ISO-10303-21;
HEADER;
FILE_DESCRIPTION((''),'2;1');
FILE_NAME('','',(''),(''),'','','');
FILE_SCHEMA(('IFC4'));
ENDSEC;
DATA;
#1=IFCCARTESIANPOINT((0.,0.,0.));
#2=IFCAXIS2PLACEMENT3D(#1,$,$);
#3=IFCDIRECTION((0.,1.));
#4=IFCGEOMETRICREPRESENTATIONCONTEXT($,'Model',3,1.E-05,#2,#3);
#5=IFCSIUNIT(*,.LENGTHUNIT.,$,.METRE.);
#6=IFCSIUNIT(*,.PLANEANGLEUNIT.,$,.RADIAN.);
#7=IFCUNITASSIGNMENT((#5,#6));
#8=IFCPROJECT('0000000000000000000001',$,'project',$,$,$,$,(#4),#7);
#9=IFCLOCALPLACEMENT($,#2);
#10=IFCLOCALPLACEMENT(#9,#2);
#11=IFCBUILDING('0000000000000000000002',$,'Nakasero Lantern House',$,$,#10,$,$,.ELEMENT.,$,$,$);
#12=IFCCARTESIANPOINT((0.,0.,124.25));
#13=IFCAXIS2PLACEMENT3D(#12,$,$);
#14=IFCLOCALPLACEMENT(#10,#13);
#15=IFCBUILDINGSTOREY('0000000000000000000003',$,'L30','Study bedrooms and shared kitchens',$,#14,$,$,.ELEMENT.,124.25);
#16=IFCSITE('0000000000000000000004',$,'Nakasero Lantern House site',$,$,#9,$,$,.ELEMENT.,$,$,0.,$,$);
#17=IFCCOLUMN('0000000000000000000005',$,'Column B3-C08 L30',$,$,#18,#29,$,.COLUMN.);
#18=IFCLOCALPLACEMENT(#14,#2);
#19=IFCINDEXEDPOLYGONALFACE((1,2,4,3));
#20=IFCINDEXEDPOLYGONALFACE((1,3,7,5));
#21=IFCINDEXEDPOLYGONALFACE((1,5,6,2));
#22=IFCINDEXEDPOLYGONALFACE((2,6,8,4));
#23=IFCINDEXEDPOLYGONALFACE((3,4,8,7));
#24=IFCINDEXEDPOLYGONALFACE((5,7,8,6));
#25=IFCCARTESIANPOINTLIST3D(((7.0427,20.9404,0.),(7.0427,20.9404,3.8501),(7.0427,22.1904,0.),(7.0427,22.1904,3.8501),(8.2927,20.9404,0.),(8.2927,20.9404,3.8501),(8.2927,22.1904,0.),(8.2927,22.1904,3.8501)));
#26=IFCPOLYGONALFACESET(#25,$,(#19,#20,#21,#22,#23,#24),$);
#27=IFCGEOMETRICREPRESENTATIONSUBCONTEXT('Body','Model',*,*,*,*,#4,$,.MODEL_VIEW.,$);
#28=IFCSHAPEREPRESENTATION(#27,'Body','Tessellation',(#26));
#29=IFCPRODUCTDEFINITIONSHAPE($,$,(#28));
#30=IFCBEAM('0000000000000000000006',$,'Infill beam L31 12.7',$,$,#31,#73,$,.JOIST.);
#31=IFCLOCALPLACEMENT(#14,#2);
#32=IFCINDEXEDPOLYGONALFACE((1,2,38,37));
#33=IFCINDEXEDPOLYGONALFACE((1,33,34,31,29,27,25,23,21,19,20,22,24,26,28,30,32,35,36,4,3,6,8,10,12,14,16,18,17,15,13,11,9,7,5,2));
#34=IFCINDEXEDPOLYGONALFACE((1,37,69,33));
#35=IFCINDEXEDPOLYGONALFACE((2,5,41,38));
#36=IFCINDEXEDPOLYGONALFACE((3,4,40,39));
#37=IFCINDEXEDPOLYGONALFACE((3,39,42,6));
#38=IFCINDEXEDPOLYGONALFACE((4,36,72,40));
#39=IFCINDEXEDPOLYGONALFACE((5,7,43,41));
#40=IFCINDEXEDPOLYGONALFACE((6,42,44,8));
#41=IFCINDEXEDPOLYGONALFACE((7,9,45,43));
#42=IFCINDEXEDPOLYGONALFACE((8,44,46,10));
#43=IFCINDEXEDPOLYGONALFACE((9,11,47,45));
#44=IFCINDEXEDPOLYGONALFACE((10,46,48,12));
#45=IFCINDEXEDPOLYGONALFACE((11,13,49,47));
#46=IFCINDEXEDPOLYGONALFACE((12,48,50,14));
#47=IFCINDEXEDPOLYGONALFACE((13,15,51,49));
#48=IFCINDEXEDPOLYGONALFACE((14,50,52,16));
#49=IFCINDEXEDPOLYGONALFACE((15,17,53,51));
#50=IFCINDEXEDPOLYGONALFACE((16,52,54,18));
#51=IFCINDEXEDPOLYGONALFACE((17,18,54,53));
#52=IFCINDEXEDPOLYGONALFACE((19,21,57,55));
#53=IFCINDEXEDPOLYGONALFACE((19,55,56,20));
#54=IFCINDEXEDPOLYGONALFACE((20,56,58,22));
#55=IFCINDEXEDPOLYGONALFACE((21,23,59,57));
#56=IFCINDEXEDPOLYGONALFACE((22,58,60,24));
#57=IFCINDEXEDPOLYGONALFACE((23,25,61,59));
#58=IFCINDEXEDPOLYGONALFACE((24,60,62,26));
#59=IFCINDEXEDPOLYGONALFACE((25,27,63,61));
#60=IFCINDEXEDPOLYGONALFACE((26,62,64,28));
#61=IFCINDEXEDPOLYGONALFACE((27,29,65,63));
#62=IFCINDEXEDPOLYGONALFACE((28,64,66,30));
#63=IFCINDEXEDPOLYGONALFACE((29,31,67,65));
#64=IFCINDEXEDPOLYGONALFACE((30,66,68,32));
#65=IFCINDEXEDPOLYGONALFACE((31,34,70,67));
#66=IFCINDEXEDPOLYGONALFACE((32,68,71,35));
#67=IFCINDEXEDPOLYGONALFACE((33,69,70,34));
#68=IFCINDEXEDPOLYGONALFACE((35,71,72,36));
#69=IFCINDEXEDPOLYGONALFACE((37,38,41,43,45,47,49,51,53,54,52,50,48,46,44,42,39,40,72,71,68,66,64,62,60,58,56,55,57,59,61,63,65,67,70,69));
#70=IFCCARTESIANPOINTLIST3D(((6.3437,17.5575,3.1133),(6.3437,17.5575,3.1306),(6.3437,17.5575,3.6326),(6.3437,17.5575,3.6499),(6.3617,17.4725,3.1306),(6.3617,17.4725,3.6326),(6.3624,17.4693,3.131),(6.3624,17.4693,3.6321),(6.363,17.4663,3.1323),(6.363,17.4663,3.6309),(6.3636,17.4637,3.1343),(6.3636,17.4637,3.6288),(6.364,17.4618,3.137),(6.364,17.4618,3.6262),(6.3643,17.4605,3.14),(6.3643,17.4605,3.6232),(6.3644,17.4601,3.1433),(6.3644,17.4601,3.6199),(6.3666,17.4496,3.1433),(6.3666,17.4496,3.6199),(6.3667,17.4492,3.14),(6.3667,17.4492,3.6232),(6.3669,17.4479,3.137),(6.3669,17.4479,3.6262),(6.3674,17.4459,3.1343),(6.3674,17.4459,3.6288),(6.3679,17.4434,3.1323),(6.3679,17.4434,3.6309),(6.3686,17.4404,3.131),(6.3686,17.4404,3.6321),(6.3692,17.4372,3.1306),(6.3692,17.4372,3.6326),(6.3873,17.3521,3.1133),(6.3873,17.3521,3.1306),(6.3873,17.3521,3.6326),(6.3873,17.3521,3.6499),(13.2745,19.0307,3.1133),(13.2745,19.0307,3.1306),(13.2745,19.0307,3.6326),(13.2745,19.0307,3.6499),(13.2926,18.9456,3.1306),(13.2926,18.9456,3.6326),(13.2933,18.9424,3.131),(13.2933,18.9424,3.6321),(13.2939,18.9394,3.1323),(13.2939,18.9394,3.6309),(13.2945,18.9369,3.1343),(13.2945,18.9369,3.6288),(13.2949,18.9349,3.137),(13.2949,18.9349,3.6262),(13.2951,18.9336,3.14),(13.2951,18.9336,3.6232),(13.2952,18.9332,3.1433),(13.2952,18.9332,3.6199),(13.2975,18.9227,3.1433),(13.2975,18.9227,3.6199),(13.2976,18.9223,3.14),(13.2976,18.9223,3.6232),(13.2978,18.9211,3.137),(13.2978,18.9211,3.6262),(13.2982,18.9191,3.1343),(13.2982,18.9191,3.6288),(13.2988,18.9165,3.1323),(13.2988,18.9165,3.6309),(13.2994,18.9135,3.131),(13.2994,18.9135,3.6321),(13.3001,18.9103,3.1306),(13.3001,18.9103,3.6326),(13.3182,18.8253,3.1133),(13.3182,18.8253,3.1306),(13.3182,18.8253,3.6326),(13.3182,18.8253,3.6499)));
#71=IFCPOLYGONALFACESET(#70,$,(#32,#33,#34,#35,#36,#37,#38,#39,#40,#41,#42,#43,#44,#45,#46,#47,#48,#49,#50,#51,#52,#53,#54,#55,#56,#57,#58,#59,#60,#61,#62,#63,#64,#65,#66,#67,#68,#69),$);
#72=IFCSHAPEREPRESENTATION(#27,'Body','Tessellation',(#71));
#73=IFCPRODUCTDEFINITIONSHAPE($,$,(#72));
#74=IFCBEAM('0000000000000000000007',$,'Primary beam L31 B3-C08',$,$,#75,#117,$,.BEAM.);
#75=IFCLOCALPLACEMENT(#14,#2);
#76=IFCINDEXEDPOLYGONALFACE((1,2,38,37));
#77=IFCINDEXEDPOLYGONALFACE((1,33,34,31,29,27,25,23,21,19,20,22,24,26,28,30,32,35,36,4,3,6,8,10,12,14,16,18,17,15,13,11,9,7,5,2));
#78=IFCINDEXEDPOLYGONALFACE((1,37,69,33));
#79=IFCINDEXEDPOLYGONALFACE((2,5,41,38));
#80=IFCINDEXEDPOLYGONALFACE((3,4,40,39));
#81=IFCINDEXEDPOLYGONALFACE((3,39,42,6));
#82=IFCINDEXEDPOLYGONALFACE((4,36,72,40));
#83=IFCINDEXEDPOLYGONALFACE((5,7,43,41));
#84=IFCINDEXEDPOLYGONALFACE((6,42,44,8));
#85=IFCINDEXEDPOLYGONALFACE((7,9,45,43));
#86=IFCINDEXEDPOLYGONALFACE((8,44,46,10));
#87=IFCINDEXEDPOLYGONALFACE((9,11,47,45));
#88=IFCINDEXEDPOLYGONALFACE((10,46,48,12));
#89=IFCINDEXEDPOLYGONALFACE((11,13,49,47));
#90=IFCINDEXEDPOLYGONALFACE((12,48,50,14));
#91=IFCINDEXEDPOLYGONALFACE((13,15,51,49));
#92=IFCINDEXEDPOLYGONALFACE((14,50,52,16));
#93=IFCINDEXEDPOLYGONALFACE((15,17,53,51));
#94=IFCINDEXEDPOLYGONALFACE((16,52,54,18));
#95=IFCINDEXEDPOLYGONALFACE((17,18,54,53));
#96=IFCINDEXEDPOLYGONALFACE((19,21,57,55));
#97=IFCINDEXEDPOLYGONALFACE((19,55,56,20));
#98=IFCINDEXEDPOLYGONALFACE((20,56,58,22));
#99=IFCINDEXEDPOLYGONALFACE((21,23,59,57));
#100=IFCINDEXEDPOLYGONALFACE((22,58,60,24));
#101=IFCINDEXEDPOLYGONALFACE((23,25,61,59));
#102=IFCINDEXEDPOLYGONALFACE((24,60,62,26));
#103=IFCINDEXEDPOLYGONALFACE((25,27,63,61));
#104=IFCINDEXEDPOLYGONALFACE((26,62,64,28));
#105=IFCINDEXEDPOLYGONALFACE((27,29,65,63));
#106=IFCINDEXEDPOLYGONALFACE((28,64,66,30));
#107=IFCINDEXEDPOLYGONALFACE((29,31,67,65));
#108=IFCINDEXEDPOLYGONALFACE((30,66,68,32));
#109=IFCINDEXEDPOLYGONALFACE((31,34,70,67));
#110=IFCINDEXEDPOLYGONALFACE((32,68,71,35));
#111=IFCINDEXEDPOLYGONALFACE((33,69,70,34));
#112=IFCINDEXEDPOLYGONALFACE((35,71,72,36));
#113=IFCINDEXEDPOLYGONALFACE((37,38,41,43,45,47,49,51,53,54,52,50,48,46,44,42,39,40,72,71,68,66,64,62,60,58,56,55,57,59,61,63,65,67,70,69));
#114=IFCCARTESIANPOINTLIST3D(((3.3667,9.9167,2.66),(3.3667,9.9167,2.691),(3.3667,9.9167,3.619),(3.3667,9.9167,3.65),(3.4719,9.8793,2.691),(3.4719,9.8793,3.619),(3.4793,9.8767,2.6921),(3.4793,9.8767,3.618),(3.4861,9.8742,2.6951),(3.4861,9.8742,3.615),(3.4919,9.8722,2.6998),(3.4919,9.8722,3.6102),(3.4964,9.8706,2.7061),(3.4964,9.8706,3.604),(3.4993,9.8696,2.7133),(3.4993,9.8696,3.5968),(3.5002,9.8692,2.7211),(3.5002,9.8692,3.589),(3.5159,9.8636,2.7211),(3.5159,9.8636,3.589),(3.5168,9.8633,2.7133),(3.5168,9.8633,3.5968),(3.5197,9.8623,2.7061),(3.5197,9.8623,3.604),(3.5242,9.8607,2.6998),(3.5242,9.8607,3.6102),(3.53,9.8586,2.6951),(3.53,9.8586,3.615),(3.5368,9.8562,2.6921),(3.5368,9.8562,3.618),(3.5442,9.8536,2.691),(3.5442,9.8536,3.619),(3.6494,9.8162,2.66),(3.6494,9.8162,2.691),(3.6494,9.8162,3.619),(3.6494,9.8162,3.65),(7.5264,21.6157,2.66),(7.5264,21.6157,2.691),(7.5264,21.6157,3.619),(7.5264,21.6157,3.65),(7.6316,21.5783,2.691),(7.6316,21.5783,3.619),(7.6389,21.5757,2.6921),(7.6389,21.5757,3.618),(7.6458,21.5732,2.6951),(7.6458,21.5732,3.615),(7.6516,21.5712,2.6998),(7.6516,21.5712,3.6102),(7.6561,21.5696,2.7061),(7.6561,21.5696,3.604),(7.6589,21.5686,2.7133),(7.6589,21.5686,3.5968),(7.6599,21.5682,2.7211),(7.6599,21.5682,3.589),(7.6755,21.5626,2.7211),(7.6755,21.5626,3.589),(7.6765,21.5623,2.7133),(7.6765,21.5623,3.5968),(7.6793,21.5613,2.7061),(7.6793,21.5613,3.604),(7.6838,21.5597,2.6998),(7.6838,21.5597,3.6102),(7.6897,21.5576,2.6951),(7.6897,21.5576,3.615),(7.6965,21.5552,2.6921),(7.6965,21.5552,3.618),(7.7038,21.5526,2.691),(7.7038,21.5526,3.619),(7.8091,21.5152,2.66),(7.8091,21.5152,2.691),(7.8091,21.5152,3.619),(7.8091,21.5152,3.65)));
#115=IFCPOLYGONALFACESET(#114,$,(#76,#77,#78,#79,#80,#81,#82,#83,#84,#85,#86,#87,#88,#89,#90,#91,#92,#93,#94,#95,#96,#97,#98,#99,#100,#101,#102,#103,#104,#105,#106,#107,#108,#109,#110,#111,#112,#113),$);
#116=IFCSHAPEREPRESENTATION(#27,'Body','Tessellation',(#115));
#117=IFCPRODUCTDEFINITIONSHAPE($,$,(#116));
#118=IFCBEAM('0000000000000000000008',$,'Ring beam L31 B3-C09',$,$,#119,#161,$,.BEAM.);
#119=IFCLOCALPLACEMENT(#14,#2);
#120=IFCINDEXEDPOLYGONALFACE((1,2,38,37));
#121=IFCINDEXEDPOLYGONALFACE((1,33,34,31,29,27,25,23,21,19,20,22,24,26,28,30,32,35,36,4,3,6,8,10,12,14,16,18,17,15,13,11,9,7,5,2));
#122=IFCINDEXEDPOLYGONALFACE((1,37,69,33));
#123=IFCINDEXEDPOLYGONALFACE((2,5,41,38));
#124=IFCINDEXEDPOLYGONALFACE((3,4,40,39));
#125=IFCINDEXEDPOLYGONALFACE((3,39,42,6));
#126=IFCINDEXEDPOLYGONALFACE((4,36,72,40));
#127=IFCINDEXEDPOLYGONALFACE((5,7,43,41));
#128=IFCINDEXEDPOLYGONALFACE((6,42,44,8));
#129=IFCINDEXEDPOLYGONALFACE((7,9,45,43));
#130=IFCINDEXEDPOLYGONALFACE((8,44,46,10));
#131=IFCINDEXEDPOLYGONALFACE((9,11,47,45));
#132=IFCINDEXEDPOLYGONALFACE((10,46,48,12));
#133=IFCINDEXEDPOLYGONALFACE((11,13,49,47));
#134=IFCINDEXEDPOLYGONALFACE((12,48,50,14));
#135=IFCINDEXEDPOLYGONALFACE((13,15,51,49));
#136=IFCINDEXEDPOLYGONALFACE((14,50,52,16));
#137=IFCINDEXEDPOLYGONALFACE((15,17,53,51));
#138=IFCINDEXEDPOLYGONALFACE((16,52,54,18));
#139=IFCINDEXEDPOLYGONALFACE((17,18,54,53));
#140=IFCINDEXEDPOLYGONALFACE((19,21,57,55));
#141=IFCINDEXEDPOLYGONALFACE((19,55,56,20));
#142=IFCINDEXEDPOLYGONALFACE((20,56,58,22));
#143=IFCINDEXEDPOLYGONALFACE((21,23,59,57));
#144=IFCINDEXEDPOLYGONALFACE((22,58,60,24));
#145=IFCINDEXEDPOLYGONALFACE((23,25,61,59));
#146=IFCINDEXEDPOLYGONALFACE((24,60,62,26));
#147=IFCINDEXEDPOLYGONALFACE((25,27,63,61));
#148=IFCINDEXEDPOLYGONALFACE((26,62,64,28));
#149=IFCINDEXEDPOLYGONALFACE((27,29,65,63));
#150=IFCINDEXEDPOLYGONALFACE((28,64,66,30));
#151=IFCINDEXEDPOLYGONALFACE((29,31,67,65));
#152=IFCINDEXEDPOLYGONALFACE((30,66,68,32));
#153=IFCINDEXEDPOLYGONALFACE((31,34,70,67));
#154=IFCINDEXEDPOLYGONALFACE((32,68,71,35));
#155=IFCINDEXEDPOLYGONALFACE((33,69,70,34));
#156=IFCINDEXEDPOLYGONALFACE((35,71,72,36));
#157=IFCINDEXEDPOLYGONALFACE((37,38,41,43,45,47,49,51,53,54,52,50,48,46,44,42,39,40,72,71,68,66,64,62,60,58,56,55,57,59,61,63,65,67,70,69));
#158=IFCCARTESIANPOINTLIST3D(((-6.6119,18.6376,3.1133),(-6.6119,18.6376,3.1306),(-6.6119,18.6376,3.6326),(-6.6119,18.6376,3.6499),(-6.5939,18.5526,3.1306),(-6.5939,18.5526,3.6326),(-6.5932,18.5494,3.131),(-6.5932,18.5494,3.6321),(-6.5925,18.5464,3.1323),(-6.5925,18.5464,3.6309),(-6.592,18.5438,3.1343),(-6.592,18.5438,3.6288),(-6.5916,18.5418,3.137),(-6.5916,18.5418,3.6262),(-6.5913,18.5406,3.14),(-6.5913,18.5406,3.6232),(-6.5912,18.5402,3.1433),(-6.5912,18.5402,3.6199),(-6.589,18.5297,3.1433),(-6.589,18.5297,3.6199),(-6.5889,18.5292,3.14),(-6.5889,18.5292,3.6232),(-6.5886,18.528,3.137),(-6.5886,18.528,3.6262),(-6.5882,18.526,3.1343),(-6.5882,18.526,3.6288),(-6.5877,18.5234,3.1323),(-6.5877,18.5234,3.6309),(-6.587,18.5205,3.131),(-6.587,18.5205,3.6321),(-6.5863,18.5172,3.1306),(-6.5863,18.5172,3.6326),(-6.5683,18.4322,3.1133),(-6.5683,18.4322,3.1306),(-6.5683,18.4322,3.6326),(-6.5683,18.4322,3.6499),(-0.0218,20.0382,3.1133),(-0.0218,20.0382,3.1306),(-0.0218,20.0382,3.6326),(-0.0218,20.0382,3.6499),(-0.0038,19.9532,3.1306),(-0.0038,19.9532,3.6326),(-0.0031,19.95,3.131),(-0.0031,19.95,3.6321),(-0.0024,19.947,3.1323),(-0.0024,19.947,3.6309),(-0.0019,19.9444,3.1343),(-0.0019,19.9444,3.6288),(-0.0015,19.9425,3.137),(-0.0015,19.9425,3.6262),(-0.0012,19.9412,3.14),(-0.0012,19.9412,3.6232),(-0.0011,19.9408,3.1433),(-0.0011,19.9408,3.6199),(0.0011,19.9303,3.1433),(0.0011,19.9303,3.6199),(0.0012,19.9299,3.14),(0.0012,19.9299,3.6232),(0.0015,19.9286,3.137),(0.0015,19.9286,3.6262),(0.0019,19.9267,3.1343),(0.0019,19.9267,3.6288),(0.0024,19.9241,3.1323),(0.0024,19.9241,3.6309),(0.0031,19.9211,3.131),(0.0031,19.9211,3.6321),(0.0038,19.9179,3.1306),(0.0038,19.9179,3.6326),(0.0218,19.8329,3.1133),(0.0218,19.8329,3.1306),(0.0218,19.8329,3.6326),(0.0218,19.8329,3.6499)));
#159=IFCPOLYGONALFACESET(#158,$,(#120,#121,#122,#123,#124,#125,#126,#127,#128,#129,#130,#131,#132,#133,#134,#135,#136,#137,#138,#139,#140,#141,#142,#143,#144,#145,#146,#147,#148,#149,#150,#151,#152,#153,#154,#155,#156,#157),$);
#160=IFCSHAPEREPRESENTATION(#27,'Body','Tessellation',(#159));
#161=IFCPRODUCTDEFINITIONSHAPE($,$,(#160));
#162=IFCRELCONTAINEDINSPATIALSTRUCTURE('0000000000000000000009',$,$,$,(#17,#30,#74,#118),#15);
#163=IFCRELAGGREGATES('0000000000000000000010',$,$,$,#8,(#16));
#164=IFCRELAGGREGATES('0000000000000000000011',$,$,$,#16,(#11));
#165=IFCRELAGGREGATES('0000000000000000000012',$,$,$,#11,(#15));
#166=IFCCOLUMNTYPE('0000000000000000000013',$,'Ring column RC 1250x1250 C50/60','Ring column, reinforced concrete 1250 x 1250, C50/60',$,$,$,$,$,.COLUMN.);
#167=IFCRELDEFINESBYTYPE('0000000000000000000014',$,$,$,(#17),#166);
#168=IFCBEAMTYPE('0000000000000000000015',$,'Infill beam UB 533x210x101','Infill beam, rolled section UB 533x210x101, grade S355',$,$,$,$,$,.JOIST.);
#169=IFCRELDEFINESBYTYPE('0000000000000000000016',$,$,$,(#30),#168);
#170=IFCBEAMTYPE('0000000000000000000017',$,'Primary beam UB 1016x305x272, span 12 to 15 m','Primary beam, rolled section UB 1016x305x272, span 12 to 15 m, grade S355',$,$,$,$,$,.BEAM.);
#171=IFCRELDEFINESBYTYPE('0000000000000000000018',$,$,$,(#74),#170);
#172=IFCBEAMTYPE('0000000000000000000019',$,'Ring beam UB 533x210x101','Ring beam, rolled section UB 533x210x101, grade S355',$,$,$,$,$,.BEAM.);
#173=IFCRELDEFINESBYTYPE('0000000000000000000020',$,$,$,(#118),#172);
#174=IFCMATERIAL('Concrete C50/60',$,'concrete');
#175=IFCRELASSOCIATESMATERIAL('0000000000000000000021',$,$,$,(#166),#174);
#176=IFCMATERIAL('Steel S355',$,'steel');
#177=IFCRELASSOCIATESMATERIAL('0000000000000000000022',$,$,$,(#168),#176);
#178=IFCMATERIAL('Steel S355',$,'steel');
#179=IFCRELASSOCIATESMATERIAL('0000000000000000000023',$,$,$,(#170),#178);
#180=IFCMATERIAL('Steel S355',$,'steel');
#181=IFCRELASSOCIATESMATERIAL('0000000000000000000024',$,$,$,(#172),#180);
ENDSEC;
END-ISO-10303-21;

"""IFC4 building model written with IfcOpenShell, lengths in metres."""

from ifc_helpers import new_model, si_unit, direction, frame, origin, origin_2d, place, context, subcontext, project, spatial, rectangle, i_section, extrude, material, material_profile, profile_set, type_object, element, save


model = new_model("IFC4")

# Units and contexts
model_context = context("Model", 3, precision=1e-05, world=origin(), true_north=direction((0.0, 1.0)))
body_context = subcontext(model_context, "Body", "Model", "MODEL_VIEW")
ifc_project = project(units=[si_unit("LENGTHUNIT", "METRE"), si_unit("PLANEANGLEUNIT", "RADIAN")], contexts=[model_context])

# Site, building, storey
site_placement = place(None, origin())
site = spatial("IfcSite", under=ifc_project, at=site_placement, Name="Nakasero Lantern House site", CompositionType="ELEMENT", RefElevation=0.0)
building_placement = place(site_placement, origin())
building = spatial("IfcBuilding", under=site, at=building_placement, Name="Nakasero Lantern House", CompositionType="ELEMENT")
storey_placement = place(building_placement, frame((0.0, 0.0, 124.25)))
storey = spatial("IfcBuildingStorey", under=building, at=storey_placement, Name="L30", Description="Study bedrooms and shared kitchens", CompositionType="ELEMENT", Elevation=124.25)

# Column
ifc_material_1 = material(Name="Concrete C50/60", Category="concrete")
ifc_material_profile_1 = material_profile(ifc_material_1, rectangle(XDim=1.25, YDim=1.25, at=origin_2d()), Name="RC 1250x1250")
ifc_profile_set_1 = profile_set([ifc_material_profile_1], Name="Concrete C50/60")
column_type = type_object("IfcColumnType", Name="Ring column RC 1250x1250 C50/60", Description="Ring column, reinforced concrete 1250 x 1250, C50/60", PredefinedType="COLUMN", material=ifc_profile_set_1)
column_placement = place(storey_placement, frame((7.6677, 21.5654, 0.0), z_axis=(0.0, 0.0, 1.0), x_axis=(1.0, 0.0, 0.0)))
element("IfcColumn", 1, at=column_placement, inside=storey, type_object=column_type, Name="Column B3-C08 L30", PredefinedType="COLUMN", context=body_context, shape_type="SweptSolid", body=[
    extrude(rectangle(XDim=1.25, YDim=1.25, at=origin_2d()), origin(), (0.0, 0.0, 1.0), 3.8501),
])

# Beams
ifc_material_2 = material(Name="Steel S355", Category="steel")
ifc_material_profile_2 = material_profile(ifc_material_2, i_section(OverallWidth=0.21, OverallDepth=0.5366, WebThickness=0.0107, FlangeThickness=0.0173, FilletRadius=0.0127, at=origin_2d()), Name="UB 533x210x101")
ifc_profile_set_2 = profile_set([ifc_material_profile_2], Name="Steel S355")
beam_type_1 = type_object("IfcBeamType", Name="Infill beam UB 533x210x101", Description="Infill beam, rolled section UB 533x210x101, grade S355", PredefinedType="JOIST", material=ifc_profile_set_2)
beam_1_placement = place(storey_placement, frame((6.3655, 17.4548, 3.3816), z_axis=(0.978149, 0.207903, 0.0), x_axis=(-0.207903, 0.978149, 0.0)))
element("IfcBeam", 2, at=beam_1_placement, inside=storey, type_object=beam_type_1, Name="Infill beam L31 12.7", PredefinedType="JOIST", context=body_context, shape_type="SweptSolid", body=[
    extrude(i_section(OverallWidth=0.21, OverallDepth=0.5366, WebThickness=0.0107, FlangeThickness=0.0173, FilletRadius=0.0127, at=origin_2d()), origin(), (0.0, 0.0, 1.0), 7.0857),
])
ifc_material_3 = material(Name="Steel S355", Category="steel")
ifc_material_profile_3 = material_profile(ifc_material_3, i_section(OverallWidth=0.3, OverallDepth=0.99, WebThickness=0.0166, FlangeThickness=0.031, FilletRadius=0.03, at=origin_2d()), Name="UB 1016x305x272")
ifc_profile_set_3 = profile_set([ifc_material_profile_3], Name="Steel S355")
beam_type_2 = type_object("IfcBeamType", Name="Primary beam UB 1016x305x272, span 12 to 15 m", Description="Primary beam, rolled section UB 1016x305x272, span 12 to 15 m, grade S355", PredefinedType="BEAM", material=ifc_profile_set_3)
beam_2_placement = place(storey_placement, frame((7.6677, 21.5654, 3.155), z_axis=(-0.335012, -0.942214, 0.0), x_axis=(0.942214, -0.335012, 0.0)))
element("IfcBeam", 3, at=beam_2_placement, inside=storey, type_object=beam_type_2, Name="Primary beam L31 B3-C08", PredefinedType="BEAM", context=body_context, shape_type="SweptSolid", body=[
    extrude(i_section(OverallWidth=0.3, OverallDepth=0.99, WebThickness=0.0166, FlangeThickness=0.031, FilletRadius=0.03, at=origin_2d()), origin(), (0.0, 0.0, 1.0), 12.4165),
])
ifc_material_4 = material(Name="Steel S355", Category="steel")
ifc_material_profile_4 = material_profile(ifc_material_4, i_section(OverallWidth=0.21, OverallDepth=0.5366, WebThickness=0.0107, FlangeThickness=0.0173, FilletRadius=0.0127, at=origin_2d()), Name="UB 533x210x101")
ifc_profile_set_4 = profile_set([ifc_material_profile_4], Name="Steel S355")
beam_type_3 = type_object("IfcBeamType", Name="Ring beam UB 533x210x101", Description="Ring beam, rolled section UB 533x210x101, grade S355", PredefinedType="BEAM", material=ifc_profile_set_4)
beam_3_placement = place(storey_placement, frame((0.0, 19.9355, 3.3816), z_axis=(-0.978152, -0.207893, 0.0), x_axis=(0.207893, -0.978152, 0.0)))
element("IfcBeam", 4, at=beam_3_placement, inside=storey, type_object=beam_type_3, Name="Ring beam L31 B3-C09", PredefinedType="BEAM", context=body_context, shape_type="SweptSolid", body=[
    extrude(i_section(OverallWidth=0.21, OverallDepth=0.5366, WebThickness=0.0107, FlangeThickness=0.0173, FilletRadius=0.0127, at=origin_2d()), origin(), (0.0, 0.0, 1.0), 6.7373),
])

save(model, "model.ifc")
